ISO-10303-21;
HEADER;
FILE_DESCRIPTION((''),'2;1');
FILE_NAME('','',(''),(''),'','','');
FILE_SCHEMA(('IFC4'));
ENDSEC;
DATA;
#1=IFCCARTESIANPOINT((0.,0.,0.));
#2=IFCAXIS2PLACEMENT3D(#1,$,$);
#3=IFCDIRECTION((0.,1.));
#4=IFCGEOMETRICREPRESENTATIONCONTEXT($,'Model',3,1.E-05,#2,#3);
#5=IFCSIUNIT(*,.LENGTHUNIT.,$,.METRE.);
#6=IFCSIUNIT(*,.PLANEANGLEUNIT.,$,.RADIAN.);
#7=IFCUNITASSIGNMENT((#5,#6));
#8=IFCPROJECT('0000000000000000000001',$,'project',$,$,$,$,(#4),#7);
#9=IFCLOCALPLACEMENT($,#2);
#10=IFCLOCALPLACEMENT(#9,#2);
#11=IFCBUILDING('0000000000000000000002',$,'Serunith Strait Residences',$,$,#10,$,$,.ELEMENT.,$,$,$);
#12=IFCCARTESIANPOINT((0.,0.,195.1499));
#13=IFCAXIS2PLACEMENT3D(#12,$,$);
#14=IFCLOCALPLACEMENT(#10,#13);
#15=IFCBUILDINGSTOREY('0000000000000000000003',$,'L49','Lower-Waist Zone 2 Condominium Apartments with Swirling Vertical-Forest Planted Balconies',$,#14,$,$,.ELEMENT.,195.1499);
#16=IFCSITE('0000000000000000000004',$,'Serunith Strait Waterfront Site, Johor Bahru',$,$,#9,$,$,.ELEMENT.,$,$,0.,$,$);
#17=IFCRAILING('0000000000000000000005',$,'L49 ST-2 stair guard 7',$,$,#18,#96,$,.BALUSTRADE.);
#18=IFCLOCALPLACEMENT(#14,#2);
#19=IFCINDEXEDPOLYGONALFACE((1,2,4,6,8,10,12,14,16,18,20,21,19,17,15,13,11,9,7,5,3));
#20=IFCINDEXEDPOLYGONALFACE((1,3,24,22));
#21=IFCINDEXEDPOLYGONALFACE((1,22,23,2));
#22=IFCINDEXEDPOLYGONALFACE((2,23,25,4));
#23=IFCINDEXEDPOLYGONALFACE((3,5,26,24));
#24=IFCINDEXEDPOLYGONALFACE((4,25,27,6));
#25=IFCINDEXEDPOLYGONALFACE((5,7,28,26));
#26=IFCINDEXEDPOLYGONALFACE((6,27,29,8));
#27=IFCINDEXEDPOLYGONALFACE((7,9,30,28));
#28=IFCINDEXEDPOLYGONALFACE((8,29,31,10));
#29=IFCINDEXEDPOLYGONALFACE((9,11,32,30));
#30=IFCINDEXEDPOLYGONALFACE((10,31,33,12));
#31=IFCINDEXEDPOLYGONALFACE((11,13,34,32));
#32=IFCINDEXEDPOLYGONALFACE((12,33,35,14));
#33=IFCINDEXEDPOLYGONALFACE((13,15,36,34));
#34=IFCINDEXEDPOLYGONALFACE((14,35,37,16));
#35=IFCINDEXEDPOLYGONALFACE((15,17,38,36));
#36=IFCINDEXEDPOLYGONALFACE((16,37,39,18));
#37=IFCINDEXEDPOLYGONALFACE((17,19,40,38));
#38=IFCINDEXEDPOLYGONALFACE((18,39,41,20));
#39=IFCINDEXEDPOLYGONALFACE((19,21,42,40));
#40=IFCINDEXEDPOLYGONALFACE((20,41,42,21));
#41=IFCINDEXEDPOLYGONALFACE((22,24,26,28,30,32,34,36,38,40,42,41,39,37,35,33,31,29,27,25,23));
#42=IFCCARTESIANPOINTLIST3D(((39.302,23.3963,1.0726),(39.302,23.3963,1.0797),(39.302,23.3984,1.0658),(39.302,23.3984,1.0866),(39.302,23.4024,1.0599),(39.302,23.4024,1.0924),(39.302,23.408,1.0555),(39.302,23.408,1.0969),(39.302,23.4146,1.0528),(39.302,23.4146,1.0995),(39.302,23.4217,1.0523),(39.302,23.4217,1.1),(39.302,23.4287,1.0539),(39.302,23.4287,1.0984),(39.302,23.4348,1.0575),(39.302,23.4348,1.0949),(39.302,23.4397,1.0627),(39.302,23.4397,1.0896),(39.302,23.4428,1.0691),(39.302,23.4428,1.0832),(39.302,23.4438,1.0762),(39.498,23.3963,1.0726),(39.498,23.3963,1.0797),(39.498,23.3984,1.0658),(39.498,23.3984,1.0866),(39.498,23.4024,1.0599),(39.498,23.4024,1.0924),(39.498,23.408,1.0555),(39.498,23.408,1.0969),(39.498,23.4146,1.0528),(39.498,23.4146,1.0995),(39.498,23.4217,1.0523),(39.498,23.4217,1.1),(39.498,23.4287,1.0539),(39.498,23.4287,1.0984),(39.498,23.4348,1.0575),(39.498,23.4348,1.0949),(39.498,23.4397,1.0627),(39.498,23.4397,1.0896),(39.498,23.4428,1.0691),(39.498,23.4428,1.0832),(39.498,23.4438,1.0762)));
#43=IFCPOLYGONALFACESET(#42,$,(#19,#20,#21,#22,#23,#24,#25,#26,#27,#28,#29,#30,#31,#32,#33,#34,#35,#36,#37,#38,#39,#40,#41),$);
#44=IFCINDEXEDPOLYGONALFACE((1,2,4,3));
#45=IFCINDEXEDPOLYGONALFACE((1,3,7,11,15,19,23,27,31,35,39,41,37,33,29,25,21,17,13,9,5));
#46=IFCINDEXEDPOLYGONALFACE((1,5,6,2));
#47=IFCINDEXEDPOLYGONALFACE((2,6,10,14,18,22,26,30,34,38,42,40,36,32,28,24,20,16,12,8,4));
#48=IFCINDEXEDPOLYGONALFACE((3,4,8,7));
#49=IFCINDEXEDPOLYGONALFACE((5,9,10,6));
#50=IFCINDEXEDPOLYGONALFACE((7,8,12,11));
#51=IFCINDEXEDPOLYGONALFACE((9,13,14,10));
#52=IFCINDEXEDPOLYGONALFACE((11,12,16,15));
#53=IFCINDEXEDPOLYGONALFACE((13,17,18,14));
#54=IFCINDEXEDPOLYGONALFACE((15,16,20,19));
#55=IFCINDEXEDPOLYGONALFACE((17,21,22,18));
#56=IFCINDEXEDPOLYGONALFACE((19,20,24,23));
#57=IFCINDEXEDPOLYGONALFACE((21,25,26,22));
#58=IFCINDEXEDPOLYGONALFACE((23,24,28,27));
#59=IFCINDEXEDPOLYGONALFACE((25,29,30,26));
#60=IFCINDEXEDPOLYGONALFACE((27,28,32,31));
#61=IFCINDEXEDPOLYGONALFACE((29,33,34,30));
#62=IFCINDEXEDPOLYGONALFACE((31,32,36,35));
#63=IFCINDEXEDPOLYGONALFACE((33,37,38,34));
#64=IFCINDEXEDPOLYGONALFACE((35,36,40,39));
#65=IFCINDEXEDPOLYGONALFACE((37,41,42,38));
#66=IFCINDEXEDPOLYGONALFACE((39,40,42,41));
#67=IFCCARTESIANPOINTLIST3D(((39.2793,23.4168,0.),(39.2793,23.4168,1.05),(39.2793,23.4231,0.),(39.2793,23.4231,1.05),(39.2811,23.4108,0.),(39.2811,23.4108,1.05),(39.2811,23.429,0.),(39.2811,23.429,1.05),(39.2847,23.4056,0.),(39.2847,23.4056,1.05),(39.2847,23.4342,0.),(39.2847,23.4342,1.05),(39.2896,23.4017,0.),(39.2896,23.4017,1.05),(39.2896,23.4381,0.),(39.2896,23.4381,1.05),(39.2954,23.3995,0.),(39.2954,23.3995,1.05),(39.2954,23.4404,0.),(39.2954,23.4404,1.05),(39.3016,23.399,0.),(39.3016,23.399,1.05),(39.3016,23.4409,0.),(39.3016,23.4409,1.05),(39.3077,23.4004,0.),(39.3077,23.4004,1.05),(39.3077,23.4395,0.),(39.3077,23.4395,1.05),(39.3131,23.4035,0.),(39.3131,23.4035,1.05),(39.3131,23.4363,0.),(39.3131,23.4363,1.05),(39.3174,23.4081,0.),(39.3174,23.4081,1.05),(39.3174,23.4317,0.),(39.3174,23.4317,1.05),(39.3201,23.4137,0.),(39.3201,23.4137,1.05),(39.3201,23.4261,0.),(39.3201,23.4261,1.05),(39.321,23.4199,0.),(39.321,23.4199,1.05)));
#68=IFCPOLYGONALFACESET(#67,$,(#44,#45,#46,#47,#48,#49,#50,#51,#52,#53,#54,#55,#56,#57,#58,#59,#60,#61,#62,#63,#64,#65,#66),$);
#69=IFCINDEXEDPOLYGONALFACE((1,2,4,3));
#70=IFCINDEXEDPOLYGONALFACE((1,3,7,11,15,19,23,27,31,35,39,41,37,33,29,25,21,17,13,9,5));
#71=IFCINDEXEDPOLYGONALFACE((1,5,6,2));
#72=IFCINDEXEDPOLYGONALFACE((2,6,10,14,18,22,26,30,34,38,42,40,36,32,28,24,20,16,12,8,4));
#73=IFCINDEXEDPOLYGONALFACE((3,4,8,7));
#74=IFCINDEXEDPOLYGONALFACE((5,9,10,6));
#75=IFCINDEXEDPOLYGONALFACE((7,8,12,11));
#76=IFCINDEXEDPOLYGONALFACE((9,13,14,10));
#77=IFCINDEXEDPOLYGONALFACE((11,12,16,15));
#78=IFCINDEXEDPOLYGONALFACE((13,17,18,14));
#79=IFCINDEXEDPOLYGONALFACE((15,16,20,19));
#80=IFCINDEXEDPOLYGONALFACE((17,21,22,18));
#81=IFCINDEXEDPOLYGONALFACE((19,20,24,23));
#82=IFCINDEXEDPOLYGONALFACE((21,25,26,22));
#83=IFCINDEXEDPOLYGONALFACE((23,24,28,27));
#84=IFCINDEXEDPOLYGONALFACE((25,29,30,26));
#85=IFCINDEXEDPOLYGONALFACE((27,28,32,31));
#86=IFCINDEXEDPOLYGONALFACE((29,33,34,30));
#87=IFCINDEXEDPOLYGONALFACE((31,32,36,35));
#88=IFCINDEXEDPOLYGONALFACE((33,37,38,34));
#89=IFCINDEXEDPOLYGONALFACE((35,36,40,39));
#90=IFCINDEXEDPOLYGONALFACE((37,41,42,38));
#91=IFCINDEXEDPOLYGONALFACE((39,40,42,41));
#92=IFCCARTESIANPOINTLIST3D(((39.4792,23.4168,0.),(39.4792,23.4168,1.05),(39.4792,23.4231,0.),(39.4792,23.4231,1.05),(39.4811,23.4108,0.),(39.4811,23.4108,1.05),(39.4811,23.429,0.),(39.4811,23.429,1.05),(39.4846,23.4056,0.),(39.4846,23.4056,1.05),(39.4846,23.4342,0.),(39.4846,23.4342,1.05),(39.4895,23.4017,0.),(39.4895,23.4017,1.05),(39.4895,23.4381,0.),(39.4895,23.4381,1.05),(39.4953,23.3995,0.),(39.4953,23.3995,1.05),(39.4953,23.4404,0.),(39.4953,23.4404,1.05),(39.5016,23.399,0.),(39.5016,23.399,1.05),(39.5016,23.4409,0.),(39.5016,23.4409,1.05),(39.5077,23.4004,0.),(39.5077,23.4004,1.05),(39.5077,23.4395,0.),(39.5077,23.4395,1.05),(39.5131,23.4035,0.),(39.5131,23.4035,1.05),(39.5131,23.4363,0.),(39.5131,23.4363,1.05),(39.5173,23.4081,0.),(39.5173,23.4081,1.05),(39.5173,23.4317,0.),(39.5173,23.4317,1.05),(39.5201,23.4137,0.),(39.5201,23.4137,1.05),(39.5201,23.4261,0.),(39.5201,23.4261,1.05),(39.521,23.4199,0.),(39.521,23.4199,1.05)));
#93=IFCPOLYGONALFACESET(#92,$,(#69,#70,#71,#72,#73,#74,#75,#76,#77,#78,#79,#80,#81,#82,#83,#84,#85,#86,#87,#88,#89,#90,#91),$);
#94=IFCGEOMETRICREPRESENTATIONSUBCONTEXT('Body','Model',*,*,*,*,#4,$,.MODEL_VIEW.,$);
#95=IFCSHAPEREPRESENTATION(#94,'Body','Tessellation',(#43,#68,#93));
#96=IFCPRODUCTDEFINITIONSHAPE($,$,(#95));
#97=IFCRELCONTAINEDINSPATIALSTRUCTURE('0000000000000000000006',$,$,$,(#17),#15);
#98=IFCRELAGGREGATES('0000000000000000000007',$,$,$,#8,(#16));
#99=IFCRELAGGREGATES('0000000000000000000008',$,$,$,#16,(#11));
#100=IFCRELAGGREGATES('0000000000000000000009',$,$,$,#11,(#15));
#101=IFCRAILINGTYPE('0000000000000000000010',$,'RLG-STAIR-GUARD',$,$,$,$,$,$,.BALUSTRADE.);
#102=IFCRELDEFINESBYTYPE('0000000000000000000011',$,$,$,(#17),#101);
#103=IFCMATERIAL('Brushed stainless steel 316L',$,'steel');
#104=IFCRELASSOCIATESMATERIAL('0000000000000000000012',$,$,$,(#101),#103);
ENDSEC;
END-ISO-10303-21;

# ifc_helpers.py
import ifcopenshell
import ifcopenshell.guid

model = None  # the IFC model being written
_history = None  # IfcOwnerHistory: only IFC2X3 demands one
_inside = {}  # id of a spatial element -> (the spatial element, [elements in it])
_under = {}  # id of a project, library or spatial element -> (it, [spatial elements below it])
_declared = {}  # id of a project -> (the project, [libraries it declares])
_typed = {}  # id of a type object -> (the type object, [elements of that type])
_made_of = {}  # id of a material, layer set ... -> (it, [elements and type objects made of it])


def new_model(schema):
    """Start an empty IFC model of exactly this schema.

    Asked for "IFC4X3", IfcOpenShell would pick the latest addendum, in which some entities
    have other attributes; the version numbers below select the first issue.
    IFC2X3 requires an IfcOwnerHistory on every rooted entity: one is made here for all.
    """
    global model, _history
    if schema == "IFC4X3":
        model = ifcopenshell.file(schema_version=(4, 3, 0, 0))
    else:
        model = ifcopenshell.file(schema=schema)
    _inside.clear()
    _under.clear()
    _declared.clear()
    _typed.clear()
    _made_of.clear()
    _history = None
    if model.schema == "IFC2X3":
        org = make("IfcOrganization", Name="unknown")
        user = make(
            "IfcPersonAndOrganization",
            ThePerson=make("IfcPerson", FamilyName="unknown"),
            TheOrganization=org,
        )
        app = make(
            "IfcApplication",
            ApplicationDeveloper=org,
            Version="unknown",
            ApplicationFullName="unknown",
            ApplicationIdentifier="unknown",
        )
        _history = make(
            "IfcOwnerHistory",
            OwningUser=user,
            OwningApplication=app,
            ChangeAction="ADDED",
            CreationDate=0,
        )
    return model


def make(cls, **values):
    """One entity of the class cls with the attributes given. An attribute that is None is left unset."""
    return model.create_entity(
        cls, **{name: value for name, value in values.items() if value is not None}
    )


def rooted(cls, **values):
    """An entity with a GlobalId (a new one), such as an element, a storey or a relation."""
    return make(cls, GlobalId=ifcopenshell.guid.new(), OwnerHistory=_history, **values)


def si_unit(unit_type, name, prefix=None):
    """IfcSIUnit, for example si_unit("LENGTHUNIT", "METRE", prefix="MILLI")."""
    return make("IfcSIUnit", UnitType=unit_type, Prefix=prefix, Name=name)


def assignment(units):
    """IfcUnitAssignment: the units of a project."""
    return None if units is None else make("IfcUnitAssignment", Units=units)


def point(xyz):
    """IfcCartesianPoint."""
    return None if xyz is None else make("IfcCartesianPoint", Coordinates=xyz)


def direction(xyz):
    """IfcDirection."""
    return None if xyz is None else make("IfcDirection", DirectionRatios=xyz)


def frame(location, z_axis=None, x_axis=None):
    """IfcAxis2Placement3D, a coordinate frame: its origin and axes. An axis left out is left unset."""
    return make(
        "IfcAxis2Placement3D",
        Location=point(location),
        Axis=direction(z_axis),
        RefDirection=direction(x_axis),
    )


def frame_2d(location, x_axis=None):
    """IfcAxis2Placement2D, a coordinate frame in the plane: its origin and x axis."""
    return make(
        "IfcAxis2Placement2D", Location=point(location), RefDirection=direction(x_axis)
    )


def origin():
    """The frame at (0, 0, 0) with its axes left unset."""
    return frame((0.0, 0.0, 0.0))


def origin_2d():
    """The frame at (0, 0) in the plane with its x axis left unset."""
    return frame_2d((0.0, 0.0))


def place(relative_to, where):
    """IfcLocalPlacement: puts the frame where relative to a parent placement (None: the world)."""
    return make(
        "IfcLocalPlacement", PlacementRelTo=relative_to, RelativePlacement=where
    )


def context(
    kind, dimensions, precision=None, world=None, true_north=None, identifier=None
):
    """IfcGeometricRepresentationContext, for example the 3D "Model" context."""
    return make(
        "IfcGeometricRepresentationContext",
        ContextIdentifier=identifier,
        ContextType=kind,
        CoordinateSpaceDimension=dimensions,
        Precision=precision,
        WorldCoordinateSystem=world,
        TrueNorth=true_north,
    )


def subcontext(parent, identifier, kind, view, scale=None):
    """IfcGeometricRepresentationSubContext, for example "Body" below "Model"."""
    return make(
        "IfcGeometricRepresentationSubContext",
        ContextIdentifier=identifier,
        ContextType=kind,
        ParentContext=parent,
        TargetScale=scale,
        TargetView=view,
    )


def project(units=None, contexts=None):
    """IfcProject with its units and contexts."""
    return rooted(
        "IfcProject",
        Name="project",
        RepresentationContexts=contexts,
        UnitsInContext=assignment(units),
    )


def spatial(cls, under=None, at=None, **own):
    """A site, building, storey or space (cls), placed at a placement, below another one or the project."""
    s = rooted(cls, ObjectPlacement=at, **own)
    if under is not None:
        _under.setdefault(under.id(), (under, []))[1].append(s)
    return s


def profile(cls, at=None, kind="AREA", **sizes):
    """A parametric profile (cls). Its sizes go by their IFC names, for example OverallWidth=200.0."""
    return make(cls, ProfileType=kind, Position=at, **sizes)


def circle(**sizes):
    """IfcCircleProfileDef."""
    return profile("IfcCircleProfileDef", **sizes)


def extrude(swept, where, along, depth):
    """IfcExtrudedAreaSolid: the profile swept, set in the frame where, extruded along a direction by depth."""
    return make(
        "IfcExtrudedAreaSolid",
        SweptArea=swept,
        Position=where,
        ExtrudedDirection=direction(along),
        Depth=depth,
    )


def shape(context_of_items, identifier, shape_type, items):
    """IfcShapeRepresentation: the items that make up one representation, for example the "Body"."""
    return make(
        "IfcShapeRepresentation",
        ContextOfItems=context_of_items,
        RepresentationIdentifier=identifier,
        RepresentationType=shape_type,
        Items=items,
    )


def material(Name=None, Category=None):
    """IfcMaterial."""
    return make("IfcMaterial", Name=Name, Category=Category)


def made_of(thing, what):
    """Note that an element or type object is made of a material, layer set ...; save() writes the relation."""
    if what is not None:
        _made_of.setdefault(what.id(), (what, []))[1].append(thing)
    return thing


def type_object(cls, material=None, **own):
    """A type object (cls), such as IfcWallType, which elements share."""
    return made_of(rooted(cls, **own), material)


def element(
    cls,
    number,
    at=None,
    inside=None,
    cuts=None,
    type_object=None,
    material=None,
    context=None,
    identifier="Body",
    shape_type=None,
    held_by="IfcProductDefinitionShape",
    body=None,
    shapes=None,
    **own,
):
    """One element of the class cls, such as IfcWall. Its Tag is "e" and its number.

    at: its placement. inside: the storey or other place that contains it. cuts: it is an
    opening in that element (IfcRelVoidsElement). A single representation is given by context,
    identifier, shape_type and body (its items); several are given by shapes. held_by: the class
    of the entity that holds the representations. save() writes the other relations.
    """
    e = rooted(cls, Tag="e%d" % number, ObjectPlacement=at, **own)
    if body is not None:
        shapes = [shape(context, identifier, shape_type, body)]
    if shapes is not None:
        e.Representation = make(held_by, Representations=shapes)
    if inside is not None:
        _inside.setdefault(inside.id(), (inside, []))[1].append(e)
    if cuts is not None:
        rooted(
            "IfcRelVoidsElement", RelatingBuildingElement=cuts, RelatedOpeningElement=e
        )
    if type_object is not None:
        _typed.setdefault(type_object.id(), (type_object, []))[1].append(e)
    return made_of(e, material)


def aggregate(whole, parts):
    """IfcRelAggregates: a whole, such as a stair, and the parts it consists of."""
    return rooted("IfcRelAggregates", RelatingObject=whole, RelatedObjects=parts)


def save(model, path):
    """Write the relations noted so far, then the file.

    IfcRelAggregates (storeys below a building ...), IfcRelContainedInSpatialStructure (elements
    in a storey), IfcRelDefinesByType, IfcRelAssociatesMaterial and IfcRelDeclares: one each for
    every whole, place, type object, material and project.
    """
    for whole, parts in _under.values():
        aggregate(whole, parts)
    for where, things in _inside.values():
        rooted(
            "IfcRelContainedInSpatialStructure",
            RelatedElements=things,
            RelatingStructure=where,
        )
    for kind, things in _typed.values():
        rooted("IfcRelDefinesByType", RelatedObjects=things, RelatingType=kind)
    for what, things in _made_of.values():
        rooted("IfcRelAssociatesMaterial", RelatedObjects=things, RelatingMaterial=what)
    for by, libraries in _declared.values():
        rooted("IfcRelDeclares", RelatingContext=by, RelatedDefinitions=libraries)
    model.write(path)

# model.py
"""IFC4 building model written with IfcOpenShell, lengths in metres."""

from ifc_helpers import new_model, si_unit, direction, frame, origin, origin_2d, place, context, subcontext, project, spatial, circle, extrude, material, type_object, element, save


model = new_model("IFC4")

# Units and contexts
model_context = context("Model", 3, precision=1e-05, world=origin(), true_north=direction((0.0, 1.0)))
body_context = subcontext(model_context, "Body", "Model", "MODEL_VIEW")
ifc_project = project(units=[si_unit("LENGTHUNIT", "METRE"), si_unit("PLANEANGLEUNIT", "RADIAN")], contexts=[model_context])

# Site, building, storey
site_placement = place(None, origin())
site = spatial("IfcSite", under=ifc_project, at=site_placement, Name="Serunith Strait Waterfront Site, Johor Bahru", CompositionType="ELEMENT", RefElevation=0.0)
building_placement = place(site_placement, origin())
building = spatial("IfcBuilding", under=site, at=building_placement, Name="Serunith Strait Residences", CompositionType="ELEMENT")
storey_placement = place(building_placement, frame((0.0, 0.0, 195.1499)))
storey = spatial("IfcBuildingStorey", under=building, at=storey_placement, Name="L49", Description="Lower-Waist Zone 2 Condominium Apartments with Swirling Vertical-Forest Planted Balconies", CompositionType="ELEMENT", Elevation=195.1499)

# Railing
ifc_material_1 = material(Name="Brushed stainless steel 316L", Category="steel")
railing_type_1 = type_object("IfcRailingType", Name="RLG-STAIR-GUARD", PredefinedType="BALUSTRADE", material=ifc_material_1)
railing_1_placement = place(storey_placement, frame((39.3, 23.4199, 0.0)))
element("IfcRailing", 1, at=railing_1_placement, inside=storey, type_object=railing_type_1, Name="L49 ST-2 stair guard 7", PredefinedType="BALUSTRADE", context=body_context, shape_type="SweptSolid", body=[
    extrude(circle(Radius=0.0239, at=origin_2d()), frame((0.002, 0.0, 1.0762), z_axis=(1.0, 0.0, 0.0), x_axis=(0.0, 1.0, 0.0)), (0.0, 0.0, 1.0), 0.196),
    extrude(circle(Radius=0.021, at=origin_2d()), origin(), (0.0, 0.0, 1.0), 1.05),
    extrude(circle(Radius=0.021, at=origin_2d()), frame((0.2, 0.0, 0.0)), (0.0, 0.0, 1.0), 1.05),
])

save(model, "model.ifc")
